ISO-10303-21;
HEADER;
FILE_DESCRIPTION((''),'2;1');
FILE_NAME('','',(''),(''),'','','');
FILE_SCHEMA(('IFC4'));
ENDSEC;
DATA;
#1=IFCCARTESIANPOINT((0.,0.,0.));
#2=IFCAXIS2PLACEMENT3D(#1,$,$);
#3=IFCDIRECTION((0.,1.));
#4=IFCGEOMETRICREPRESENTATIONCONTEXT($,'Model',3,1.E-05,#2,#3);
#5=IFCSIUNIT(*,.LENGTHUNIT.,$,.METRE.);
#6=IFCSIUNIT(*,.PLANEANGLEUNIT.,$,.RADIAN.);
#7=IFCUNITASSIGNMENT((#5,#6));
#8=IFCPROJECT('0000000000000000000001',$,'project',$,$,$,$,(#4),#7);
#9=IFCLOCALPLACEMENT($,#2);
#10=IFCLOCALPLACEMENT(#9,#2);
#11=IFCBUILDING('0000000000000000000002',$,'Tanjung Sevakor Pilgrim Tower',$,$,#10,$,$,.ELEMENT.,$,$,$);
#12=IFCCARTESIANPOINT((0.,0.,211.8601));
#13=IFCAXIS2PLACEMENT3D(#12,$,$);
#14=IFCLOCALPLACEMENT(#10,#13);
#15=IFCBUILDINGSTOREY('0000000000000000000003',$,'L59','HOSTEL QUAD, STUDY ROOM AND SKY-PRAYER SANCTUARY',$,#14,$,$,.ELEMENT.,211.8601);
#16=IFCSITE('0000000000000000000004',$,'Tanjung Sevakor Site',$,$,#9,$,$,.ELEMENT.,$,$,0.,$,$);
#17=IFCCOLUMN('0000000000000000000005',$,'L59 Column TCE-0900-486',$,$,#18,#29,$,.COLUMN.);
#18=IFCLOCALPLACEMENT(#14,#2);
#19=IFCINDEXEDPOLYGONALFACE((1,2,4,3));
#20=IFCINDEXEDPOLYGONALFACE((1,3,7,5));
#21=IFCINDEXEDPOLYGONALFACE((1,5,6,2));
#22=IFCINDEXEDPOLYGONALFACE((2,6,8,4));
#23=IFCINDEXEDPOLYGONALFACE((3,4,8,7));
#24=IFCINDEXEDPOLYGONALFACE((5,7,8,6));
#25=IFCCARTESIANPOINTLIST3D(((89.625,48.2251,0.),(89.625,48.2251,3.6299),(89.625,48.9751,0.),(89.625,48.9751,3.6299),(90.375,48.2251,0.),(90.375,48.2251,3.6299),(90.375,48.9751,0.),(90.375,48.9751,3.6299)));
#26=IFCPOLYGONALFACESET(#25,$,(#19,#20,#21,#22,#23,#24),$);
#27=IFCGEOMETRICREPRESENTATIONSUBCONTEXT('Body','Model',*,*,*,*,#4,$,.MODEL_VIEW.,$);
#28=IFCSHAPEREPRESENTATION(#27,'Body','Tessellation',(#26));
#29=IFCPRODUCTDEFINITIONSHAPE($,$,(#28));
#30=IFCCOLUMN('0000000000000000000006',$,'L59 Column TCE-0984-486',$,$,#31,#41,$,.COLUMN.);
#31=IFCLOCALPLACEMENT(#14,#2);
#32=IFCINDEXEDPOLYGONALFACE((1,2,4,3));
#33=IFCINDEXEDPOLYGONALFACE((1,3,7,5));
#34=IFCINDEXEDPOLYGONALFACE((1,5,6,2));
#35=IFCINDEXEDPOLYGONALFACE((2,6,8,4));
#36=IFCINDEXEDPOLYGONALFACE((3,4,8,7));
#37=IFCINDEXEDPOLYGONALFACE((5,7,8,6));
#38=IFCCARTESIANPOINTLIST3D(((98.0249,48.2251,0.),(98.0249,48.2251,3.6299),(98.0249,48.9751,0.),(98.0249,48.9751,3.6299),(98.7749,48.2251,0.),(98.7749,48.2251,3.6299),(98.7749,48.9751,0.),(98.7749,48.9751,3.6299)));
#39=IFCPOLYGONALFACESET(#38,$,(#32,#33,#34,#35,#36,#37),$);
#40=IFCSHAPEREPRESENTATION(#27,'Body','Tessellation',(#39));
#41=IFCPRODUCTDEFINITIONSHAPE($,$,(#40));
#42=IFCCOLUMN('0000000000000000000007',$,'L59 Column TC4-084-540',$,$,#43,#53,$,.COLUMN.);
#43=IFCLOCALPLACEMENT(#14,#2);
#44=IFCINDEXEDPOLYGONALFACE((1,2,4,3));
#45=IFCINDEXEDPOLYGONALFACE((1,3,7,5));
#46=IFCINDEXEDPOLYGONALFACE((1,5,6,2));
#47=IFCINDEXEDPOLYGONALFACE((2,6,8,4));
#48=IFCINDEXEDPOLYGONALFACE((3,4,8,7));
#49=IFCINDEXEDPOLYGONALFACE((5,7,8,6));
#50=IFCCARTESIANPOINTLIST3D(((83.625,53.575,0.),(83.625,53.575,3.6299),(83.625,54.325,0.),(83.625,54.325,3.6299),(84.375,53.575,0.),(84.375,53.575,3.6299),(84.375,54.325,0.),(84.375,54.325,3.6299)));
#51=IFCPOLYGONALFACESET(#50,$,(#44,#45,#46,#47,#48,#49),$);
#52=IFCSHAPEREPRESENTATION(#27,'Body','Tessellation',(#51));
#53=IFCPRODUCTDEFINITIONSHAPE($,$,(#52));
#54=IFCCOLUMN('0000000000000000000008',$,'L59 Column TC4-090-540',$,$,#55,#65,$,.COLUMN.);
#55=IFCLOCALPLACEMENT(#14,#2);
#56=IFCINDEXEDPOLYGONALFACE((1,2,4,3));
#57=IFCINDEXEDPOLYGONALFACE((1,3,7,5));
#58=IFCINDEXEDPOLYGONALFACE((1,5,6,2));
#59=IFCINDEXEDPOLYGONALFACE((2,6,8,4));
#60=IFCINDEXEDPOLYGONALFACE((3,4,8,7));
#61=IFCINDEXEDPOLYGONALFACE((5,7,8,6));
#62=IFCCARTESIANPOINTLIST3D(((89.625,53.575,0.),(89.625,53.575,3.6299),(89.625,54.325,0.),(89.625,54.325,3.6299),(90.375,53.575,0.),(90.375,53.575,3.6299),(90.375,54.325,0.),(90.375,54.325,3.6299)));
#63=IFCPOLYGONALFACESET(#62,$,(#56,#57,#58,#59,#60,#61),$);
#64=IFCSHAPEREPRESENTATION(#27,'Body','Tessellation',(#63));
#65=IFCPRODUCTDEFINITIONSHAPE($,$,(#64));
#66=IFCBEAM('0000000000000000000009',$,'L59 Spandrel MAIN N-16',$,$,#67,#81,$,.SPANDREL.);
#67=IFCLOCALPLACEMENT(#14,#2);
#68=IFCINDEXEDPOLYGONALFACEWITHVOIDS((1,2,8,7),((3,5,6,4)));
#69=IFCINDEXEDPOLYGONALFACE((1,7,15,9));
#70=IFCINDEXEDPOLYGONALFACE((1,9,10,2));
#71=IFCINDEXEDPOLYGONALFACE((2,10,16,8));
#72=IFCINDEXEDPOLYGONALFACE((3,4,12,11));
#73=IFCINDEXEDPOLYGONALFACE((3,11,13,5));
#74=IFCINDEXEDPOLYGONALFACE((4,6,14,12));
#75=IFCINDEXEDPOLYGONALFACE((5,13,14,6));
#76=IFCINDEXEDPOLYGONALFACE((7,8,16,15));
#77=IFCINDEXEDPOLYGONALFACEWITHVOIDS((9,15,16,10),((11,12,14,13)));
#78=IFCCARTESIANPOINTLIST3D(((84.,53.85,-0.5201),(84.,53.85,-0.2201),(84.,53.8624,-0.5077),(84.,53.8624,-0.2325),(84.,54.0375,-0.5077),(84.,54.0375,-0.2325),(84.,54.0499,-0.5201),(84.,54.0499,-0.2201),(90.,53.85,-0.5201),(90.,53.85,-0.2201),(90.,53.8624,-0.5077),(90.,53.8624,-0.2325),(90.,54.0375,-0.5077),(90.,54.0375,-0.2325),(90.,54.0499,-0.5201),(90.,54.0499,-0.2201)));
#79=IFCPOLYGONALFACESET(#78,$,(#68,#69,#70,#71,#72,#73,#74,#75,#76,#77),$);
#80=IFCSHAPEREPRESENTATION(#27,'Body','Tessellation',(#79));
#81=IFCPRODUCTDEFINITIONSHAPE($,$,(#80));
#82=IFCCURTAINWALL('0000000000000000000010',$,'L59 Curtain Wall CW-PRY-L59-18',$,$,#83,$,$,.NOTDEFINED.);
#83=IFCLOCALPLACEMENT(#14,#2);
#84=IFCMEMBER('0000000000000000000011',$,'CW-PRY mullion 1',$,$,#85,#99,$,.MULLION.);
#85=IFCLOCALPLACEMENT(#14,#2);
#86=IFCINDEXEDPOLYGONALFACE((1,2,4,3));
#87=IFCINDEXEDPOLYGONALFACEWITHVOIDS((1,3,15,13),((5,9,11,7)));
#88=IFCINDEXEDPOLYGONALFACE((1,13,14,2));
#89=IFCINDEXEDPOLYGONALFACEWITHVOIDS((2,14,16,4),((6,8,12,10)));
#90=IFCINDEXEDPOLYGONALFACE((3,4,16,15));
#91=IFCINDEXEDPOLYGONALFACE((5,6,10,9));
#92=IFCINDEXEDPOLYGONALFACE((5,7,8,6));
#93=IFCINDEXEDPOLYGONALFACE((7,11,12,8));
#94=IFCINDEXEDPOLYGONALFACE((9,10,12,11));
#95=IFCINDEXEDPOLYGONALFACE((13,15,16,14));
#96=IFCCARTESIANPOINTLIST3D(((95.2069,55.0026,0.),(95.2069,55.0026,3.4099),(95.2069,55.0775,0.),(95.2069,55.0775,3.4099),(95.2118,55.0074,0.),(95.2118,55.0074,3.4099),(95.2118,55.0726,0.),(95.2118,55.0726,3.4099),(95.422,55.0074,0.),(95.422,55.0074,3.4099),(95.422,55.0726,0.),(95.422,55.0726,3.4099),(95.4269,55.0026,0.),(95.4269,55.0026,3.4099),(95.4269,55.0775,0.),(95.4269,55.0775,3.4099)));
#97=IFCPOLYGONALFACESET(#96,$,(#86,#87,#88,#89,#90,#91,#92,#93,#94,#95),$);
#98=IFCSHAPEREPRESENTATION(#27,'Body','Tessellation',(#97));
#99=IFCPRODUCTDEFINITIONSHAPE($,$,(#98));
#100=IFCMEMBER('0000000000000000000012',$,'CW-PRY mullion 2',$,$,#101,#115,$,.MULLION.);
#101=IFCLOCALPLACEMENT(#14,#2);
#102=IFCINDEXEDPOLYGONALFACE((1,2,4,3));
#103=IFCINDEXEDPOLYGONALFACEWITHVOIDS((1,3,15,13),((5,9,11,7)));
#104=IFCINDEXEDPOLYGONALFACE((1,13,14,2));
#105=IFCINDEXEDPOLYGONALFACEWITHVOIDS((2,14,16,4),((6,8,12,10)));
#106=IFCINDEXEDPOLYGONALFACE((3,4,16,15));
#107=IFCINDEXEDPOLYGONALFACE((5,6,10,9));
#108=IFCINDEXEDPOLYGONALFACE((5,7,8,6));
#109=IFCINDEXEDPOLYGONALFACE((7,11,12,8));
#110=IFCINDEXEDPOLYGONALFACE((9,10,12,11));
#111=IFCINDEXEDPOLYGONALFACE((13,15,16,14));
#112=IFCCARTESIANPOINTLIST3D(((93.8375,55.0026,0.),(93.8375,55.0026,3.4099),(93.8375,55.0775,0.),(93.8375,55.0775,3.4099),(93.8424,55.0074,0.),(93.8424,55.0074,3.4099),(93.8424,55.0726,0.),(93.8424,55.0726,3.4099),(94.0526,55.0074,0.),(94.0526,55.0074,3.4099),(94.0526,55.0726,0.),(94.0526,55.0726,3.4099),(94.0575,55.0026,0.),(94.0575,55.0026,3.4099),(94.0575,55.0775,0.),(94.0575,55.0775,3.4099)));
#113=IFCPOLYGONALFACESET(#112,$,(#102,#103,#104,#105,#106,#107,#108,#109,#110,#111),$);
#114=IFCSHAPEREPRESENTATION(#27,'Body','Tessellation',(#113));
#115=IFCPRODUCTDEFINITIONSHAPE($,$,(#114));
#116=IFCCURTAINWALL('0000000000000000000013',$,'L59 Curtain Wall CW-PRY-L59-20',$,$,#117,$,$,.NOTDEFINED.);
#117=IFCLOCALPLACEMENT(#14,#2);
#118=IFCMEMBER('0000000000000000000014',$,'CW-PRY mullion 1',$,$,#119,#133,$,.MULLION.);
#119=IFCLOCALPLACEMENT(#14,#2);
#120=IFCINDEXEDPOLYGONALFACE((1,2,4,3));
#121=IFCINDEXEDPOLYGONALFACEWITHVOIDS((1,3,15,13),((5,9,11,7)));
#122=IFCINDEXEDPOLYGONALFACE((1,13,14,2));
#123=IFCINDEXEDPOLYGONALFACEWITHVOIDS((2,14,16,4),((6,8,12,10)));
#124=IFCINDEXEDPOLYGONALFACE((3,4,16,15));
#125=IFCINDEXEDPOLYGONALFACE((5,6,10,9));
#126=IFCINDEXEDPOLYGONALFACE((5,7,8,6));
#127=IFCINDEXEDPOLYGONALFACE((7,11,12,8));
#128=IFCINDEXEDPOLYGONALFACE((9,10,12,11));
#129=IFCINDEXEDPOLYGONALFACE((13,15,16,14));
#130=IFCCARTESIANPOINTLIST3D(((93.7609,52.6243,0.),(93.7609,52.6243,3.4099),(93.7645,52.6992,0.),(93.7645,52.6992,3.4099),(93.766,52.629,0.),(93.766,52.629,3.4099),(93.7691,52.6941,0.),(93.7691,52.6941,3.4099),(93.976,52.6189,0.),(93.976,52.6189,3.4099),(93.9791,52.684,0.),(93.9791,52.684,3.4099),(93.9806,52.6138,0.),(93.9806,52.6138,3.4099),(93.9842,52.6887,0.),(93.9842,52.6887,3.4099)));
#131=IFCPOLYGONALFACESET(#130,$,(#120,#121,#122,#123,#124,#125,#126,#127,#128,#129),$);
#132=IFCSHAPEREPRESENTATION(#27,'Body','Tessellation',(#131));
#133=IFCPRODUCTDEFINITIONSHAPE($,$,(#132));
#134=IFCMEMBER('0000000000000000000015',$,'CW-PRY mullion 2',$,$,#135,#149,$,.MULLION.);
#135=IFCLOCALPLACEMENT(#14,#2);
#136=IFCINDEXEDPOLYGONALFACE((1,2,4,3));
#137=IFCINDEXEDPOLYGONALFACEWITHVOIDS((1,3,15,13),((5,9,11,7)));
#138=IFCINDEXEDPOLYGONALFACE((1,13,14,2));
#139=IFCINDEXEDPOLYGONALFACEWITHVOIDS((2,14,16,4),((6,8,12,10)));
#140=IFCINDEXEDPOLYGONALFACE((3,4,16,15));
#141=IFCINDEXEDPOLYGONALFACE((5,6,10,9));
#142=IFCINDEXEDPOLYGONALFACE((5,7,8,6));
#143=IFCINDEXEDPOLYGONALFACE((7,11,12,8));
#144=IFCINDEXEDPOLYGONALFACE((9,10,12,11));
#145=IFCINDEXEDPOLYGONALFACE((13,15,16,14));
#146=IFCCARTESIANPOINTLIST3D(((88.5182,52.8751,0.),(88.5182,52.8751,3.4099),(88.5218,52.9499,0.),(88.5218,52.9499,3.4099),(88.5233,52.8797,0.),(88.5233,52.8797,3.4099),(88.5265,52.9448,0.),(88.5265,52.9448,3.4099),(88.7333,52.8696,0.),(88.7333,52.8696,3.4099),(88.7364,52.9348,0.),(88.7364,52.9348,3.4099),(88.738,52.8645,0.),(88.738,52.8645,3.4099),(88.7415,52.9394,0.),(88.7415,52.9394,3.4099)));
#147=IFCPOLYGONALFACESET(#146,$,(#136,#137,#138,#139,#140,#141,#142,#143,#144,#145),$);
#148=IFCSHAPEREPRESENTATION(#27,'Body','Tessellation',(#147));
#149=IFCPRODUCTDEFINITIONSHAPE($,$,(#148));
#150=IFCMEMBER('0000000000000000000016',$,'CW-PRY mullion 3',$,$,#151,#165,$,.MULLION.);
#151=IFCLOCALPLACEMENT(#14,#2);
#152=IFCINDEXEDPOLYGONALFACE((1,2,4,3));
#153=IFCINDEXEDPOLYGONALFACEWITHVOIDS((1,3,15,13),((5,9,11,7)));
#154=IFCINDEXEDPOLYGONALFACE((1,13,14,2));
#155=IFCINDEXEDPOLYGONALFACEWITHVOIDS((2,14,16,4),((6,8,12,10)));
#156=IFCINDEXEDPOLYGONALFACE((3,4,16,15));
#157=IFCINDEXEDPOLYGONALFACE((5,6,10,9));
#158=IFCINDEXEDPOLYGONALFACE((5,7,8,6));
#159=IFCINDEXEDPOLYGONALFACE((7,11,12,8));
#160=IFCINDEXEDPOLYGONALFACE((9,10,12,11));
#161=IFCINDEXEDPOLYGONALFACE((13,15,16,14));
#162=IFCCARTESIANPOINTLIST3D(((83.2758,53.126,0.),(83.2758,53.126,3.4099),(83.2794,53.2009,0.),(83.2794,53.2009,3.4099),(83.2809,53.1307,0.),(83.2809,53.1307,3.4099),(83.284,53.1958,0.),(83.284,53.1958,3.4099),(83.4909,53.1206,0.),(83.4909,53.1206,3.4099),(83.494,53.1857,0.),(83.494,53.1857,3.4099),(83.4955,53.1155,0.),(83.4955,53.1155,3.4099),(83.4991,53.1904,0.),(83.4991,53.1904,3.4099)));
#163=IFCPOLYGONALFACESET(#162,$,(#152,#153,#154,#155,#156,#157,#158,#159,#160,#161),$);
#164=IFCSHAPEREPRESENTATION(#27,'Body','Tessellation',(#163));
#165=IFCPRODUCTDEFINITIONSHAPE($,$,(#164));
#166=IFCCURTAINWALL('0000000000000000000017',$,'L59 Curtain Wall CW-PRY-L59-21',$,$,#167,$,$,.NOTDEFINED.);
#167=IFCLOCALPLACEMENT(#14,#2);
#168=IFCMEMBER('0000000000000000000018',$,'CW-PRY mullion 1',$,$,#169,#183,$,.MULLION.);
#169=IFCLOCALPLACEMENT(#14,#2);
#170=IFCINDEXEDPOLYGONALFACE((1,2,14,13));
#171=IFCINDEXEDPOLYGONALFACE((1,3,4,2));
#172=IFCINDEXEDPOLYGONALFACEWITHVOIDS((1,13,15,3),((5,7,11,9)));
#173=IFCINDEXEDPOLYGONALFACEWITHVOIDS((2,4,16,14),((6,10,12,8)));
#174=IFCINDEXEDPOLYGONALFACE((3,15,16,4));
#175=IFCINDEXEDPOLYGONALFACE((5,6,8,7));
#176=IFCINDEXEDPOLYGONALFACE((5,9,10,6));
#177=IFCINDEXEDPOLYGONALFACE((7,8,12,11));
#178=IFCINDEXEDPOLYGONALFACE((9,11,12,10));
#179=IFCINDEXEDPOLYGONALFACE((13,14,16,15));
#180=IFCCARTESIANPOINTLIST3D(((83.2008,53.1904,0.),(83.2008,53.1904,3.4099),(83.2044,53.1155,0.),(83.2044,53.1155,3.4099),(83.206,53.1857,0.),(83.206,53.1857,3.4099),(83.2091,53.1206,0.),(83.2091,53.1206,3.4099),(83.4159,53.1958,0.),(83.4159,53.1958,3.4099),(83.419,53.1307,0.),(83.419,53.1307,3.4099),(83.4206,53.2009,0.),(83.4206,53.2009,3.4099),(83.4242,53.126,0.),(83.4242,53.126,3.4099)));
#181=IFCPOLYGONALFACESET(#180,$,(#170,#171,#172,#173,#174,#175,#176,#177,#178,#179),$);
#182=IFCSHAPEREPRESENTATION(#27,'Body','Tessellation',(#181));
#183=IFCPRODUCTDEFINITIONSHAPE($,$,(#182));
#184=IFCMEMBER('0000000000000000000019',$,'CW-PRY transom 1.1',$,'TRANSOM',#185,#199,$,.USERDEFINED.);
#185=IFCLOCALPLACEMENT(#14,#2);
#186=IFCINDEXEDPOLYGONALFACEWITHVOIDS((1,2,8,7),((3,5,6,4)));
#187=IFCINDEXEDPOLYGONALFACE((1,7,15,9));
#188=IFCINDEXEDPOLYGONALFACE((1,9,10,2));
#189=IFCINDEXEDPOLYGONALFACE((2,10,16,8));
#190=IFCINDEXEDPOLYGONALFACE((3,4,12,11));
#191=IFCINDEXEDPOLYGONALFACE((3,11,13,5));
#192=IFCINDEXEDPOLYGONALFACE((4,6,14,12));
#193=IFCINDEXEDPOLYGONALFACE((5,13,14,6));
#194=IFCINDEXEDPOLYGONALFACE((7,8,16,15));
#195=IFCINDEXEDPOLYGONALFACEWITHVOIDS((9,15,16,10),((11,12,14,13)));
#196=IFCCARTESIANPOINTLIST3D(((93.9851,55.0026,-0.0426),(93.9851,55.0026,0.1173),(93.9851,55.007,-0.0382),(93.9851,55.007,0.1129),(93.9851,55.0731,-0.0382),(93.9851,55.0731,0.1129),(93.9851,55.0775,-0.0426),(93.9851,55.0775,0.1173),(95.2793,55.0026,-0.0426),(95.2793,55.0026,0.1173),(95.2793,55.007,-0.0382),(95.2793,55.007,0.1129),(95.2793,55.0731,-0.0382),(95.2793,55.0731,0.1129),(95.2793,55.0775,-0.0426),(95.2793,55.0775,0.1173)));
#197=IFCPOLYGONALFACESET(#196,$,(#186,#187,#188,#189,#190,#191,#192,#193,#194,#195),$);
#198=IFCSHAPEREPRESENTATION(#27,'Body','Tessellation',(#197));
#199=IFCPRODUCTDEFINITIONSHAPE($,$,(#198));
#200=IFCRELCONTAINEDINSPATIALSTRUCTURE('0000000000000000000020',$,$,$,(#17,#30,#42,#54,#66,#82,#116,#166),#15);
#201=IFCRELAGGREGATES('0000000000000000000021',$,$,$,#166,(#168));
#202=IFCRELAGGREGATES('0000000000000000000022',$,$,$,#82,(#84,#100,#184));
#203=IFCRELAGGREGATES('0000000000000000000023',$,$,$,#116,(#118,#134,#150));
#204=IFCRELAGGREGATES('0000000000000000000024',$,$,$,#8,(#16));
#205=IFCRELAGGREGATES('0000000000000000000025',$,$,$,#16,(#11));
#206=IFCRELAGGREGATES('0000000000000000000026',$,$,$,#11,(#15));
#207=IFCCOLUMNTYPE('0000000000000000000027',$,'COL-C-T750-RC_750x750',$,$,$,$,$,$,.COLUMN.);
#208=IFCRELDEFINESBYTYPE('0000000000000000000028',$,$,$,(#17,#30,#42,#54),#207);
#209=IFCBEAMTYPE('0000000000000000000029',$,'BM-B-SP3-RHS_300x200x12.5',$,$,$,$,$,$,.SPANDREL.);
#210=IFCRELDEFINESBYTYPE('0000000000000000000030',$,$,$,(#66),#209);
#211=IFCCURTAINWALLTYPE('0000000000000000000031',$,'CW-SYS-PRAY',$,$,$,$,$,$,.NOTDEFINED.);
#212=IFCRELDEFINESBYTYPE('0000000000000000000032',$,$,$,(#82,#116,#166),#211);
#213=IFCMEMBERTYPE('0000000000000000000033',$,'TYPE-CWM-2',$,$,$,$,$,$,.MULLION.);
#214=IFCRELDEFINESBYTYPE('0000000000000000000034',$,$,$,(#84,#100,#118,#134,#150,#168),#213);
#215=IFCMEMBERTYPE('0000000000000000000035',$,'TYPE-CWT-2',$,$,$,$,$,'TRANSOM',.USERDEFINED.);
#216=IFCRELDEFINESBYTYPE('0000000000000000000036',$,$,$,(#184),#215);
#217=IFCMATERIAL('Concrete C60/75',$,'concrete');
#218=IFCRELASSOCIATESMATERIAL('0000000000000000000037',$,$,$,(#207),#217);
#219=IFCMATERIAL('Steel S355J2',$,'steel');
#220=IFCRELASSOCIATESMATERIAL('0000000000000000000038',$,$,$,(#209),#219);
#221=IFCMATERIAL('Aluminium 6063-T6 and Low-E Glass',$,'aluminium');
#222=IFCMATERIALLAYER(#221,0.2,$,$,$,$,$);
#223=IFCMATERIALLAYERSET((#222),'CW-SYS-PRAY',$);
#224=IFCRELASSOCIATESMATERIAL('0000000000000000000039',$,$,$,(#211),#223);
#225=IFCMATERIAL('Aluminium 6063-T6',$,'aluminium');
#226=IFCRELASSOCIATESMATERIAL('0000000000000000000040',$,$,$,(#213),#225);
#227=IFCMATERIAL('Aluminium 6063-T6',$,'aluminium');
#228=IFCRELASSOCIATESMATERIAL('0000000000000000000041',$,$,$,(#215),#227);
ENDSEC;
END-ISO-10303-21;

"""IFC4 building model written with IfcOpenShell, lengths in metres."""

from ifc_helpers import new_model, si_unit, direction, frame, origin, origin_2d, place, context, subcontext, project, spatial, rectangle, hollow_rectangle, extrude, material, layer, layer_set, material_profile, profile_set, type_object, element, aggregate, save


model = new_model("IFC4")

# Units and contexts
model_context = context("Model", 3, precision=1e-05, world=origin(), true_north=direction((0.0, 1.0)))
body_context = subcontext(model_context, "Body", "Model", "MODEL_VIEW")
ifc_project = project(units=[si_unit("LENGTHUNIT", "METRE"), si_unit("PLANEANGLEUNIT", "RADIAN")], contexts=[model_context])

# Site, building, storey
site_placement = place(None, origin())
site = spatial("IfcSite", under=ifc_project, at=site_placement, Name="Tanjung Sevakor Site", CompositionType="ELEMENT", RefElevation=0.0)
building_placement = place(site_placement, origin())
building = spatial("IfcBuilding", under=site, at=building_placement, Name="Tanjung Sevakor Pilgrim Tower", CompositionType="ELEMENT")
storey_placement = place(building_placement, frame((0.0, 0.0, 211.8601)))
storey = spatial("IfcBuildingStorey", under=building, at=storey_placement, Name="L59", Description="HOSTEL QUAD, STUDY ROOM AND SKY-PRAYER SANCTUARY", CompositionType="ELEMENT", Elevation=211.8601)

# Columns
ifc_material_1 = material(Name="Concrete C60/75", Category="concrete")
ifc_material_profile_1 = material_profile(ifc_material_1, rectangle(XDim=0.75, YDim=0.75, at=origin_2d()))
ifc_profile_set_1 = profile_set([ifc_material_profile_1], Name="Concrete C60/75")
column_type = type_object("IfcColumnType", Name="COL-C-T750-RC_750x750", PredefinedType="COLUMN", material=ifc_profile_set_1)
for number, where, z_axis, x_axis, name in (
    (1, (90.0, 48.6001, 0.0), (0.0, 0.0, 1.0), (1.0, 0.0, 0.0), "L59 Column TCE-0900-486"),
    (2, (98.3999, 48.6001, 0.0), (0.0, 0.0, 1.0), (1.0, 0.0, 0.0), "L59 Column TCE-0984-486"),
    (3, (84.0, 53.95, 0.0), (0.0, 0.0, 1.0), (1.0, 0.0, 0.0), "L59 Column TC4-084-540"),
    (4, (90.0, 53.95, 0.0), (0.0, 0.0, 1.0), (1.0, 0.0, 0.0), "L59 Column TC4-090-540"),
):
    element("IfcColumn", number, at=place(storey_placement, frame(where, z_axis=z_axis, x_axis=x_axis)), inside=storey, type_object=column_type, Name=name, PredefinedType="COLUMN", context=body_context, shape_type="SweptSolid", body=[
        extrude(rectangle(XDim=0.75, YDim=0.75, at=origin_2d()), origin(), (0.0, 0.0, 1.0), 3.6299),
    ])

# Beam
ifc_material_2 = material(Name="Steel S355J2", Category="steel")
ifc_material_profile_2 = material_profile(ifc_material_2, hollow_rectangle(XDim=0.2, YDim=0.3, WallThickness=0.0125, at=origin_2d()))
ifc_profile_set_2 = profile_set([ifc_material_profile_2], Name="Steel S355J2")
beam_type = type_object("IfcBeamType", Name="BM-B-SP3-RHS_300x200x12.5", PredefinedType="SPANDREL", material=ifc_profile_set_2)
beam_placement = place(storey_placement, frame((84.0, 53.95, -0.3701), z_axis=(1.0, 0.0, 0.0), x_axis=(0.0, 1.0, 0.0)))
element("IfcBeam", 5, at=beam_placement, inside=storey, type_object=beam_type, Name="L59 Spandrel MAIN N-16", PredefinedType="SPANDREL", context=body_context, shape_type="SweptSolid", body=[
    extrude(hollow_rectangle(XDim=0.2, YDim=0.3, WallThickness=0.0125, at=origin_2d()), origin(), (0.0, 0.0, 1.0), 6.0),
])

# Curtain walls, members
ifc_material_3 = material(Name="Aluminium 6063-T6 and Low-E Glass", Category="aluminium")
ifc_layer_1 = layer(ifc_material_3, 0.2)
ifc_layer_set_1 = layer_set([ifc_layer_1], Name="CW-SYS-PRAY")
curtain_wall_type = type_object("IfcCurtainWallType", Name="CW-SYS-PRAY", PredefinedType="NOTDEFINED", material=ifc_layer_set_1)
curtain_wall_1_placement = place(storey_placement, origin())
curtain_wall_1 = element("IfcCurtainWall", 6, at=curtain_wall_1_placement, inside=storey, type_object=curtain_wall_type, Name="L59 Curtain Wall CW-PRY-L59-18", PredefinedType="NOTDEFINED")
ifc_material_4 = material(Name="Aluminium 6063-T6", Category="aluminium")
ifc_material_profile_3 = material_profile(ifc_material_4, hollow_rectangle(XDim=0.075, YDim=0.22, WallThickness=0.0049, at=origin_2d()))
ifc_profile_set_3 = profile_set([ifc_material_profile_3], Name="Aluminium 6063-T6")
member_type_1 = type_object("IfcMemberType", Name="TYPE-CWM-2", PredefinedType="MULLION", material=ifc_profile_set_3)
member_1_placement = place(storey_placement, frame((95.3169, 55.04, 0.0), z_axis=(0.0, 0.0, 1.0), x_axis=(0.0, -1.0, 0.0)))
member_1 = element("IfcMember", 7, at=member_1_placement, type_object=member_type_1, Name="CW-PRY mullion 1", PredefinedType="MULLION", context=body_context, shape_type="SweptSolid", body=[
    extrude(hollow_rectangle(XDim=0.075, YDim=0.22, WallThickness=0.0049, at=origin_2d()), origin(), (0.0, 0.0, 1.0), 3.4099),
])
member_2_placement = place(storey_placement, frame((93.9475, 55.04, 0.0), z_axis=(0.0, 0.0, 1.0), x_axis=(0.0, -1.0, 0.0)))
member_2 = element("IfcMember", 8, at=member_2_placement, type_object=member_type_1, Name="CW-PRY mullion 2", PredefinedType="MULLION", context=body_context, shape_type="SweptSolid", body=[
    extrude(hollow_rectangle(XDim=0.075, YDim=0.22, WallThickness=0.0049, at=origin_2d()), origin(), (0.0, 0.0, 1.0), 3.4099),
])
curtain_wall_2_placement = place(storey_placement, origin())
curtain_wall_2 = element("IfcCurtainWall", 9, at=curtain_wall_2_placement, inside=storey, type_object=curtain_wall_type, Name="L59 Curtain Wall CW-PRY-L59-20", PredefinedType="NOTDEFINED")
member_3_placement = place(storey_placement, frame((93.8726, 52.6565, 0.0), z_axis=(0.0, 0.0, 1.0), x_axis=(-0.047796, -0.998857, 0.0)))
member_3 = element("IfcMember", 10, at=member_3_placement, type_object=member_type_1, Name="CW-PRY mullion 1", PredefinedType="MULLION", context=body_context, shape_type="SweptSolid", body=[
    extrude(hollow_rectangle(XDim=0.075, YDim=0.22, WallThickness=0.0049, at=origin_2d()), origin(), (0.0, 0.0, 1.0), 3.4099),
])
member_4_placement = place(storey_placement, frame((88.6299, 52.9072, 0.0), z_axis=(0.0, 0.0, 1.0), x_axis=(-0.047796, -0.998857, 0.0)))
member_4 = element("IfcMember", 11, at=member_4_placement, type_object=member_type_1, Name="CW-PRY mullion 2", PredefinedType="MULLION", context=body_context, shape_type="SweptSolid", body=[
    extrude(hollow_rectangle(XDim=0.075, YDim=0.22, WallThickness=0.0049, at=origin_2d()), origin(), (0.0, 0.0, 1.0), 3.4099),
])
member_5_placement = place(storey_placement, frame((83.3875, 53.1582, 0.0), z_axis=(0.0, 0.0, 1.0), x_axis=(-0.047796, -0.998857, 0.0)))
member_5 = element("IfcMember", 12, at=member_5_placement, type_object=member_type_1, Name="CW-PRY mullion 3", PredefinedType="MULLION", context=body_context, shape_type="SweptSolid", body=[
    extrude(hollow_rectangle(XDim=0.075, YDim=0.22, WallThickness=0.0049, at=origin_2d()), origin(), (0.0, 0.0, 1.0), 3.4099),
])

# Curtain wall, member
curtain_wall_3_placement = place(storey_placement, origin())
curtain_wall_3 = element("IfcCurtainWall", 13, at=curtain_wall_3_placement, inside=storey, type_object=curtain_wall_type, Name="L59 Curtain Wall CW-PRY-L59-21", PredefinedType="NOTDEFINED")
member_6_placement = place(storey_placement, frame((83.3125, 53.1582, 0.0), z_axis=(0.0, 0.0, 1.0), x_axis=(0.047797, -0.998857, 0.0)))
member_6 = element("IfcMember", 14, at=member_6_placement, type_object=member_type_1, Name="CW-PRY mullion 1", PredefinedType="MULLION", context=body_context, shape_type="SweptSolid", body=[
    extrude(hollow_rectangle(XDim=0.075, YDim=0.22, WallThickness=0.0049, at=origin_2d()), origin(), (0.0, 0.0, 1.0), 3.4099),
])

# Member
ifc_material_5 = material(Name="Aluminium 6063-T6", Category="aluminium")
ifc_material_profile_4 = material_profile(ifc_material_5, hollow_rectangle(XDim=0.075, YDim=0.1599, WallThickness=0.0044, at=origin_2d()))
ifc_profile_set_4 = profile_set([ifc_material_profile_4], Name="Aluminium 6063-T6")
member_type_2 = type_object("IfcMemberType", Name="TYPE-CWT-2", ElementType="TRANSOM", PredefinedType="USERDEFINED", material=ifc_profile_set_4)
member_7_placement = place(storey_placement, frame((95.2793, 55.04, 0.0374), z_axis=(-1.0, 0.0, 0.0), x_axis=(0.0, -1.0, 0.0)))
member_7 = element("IfcMember", 15, at=member_7_placement, type_object=member_type_2, Name="CW-PRY transom 1.1", ObjectType="TRANSOM", PredefinedType="USERDEFINED", context=body_context, shape_type="SweptSolid", body=[
    extrude(hollow_rectangle(XDim=0.075, YDim=0.1599, WallThickness=0.0044, at=origin_2d()), origin(), (0.0, 0.0, 1.0), 1.2942),
])
aggregate(curtain_wall_3, [member_6])

aggregate(curtain_wall_1, [member_1, member_2, member_7])
aggregate(curtain_wall_2, [member_3, member_4, member_5])

save(model, "model.ifc")
